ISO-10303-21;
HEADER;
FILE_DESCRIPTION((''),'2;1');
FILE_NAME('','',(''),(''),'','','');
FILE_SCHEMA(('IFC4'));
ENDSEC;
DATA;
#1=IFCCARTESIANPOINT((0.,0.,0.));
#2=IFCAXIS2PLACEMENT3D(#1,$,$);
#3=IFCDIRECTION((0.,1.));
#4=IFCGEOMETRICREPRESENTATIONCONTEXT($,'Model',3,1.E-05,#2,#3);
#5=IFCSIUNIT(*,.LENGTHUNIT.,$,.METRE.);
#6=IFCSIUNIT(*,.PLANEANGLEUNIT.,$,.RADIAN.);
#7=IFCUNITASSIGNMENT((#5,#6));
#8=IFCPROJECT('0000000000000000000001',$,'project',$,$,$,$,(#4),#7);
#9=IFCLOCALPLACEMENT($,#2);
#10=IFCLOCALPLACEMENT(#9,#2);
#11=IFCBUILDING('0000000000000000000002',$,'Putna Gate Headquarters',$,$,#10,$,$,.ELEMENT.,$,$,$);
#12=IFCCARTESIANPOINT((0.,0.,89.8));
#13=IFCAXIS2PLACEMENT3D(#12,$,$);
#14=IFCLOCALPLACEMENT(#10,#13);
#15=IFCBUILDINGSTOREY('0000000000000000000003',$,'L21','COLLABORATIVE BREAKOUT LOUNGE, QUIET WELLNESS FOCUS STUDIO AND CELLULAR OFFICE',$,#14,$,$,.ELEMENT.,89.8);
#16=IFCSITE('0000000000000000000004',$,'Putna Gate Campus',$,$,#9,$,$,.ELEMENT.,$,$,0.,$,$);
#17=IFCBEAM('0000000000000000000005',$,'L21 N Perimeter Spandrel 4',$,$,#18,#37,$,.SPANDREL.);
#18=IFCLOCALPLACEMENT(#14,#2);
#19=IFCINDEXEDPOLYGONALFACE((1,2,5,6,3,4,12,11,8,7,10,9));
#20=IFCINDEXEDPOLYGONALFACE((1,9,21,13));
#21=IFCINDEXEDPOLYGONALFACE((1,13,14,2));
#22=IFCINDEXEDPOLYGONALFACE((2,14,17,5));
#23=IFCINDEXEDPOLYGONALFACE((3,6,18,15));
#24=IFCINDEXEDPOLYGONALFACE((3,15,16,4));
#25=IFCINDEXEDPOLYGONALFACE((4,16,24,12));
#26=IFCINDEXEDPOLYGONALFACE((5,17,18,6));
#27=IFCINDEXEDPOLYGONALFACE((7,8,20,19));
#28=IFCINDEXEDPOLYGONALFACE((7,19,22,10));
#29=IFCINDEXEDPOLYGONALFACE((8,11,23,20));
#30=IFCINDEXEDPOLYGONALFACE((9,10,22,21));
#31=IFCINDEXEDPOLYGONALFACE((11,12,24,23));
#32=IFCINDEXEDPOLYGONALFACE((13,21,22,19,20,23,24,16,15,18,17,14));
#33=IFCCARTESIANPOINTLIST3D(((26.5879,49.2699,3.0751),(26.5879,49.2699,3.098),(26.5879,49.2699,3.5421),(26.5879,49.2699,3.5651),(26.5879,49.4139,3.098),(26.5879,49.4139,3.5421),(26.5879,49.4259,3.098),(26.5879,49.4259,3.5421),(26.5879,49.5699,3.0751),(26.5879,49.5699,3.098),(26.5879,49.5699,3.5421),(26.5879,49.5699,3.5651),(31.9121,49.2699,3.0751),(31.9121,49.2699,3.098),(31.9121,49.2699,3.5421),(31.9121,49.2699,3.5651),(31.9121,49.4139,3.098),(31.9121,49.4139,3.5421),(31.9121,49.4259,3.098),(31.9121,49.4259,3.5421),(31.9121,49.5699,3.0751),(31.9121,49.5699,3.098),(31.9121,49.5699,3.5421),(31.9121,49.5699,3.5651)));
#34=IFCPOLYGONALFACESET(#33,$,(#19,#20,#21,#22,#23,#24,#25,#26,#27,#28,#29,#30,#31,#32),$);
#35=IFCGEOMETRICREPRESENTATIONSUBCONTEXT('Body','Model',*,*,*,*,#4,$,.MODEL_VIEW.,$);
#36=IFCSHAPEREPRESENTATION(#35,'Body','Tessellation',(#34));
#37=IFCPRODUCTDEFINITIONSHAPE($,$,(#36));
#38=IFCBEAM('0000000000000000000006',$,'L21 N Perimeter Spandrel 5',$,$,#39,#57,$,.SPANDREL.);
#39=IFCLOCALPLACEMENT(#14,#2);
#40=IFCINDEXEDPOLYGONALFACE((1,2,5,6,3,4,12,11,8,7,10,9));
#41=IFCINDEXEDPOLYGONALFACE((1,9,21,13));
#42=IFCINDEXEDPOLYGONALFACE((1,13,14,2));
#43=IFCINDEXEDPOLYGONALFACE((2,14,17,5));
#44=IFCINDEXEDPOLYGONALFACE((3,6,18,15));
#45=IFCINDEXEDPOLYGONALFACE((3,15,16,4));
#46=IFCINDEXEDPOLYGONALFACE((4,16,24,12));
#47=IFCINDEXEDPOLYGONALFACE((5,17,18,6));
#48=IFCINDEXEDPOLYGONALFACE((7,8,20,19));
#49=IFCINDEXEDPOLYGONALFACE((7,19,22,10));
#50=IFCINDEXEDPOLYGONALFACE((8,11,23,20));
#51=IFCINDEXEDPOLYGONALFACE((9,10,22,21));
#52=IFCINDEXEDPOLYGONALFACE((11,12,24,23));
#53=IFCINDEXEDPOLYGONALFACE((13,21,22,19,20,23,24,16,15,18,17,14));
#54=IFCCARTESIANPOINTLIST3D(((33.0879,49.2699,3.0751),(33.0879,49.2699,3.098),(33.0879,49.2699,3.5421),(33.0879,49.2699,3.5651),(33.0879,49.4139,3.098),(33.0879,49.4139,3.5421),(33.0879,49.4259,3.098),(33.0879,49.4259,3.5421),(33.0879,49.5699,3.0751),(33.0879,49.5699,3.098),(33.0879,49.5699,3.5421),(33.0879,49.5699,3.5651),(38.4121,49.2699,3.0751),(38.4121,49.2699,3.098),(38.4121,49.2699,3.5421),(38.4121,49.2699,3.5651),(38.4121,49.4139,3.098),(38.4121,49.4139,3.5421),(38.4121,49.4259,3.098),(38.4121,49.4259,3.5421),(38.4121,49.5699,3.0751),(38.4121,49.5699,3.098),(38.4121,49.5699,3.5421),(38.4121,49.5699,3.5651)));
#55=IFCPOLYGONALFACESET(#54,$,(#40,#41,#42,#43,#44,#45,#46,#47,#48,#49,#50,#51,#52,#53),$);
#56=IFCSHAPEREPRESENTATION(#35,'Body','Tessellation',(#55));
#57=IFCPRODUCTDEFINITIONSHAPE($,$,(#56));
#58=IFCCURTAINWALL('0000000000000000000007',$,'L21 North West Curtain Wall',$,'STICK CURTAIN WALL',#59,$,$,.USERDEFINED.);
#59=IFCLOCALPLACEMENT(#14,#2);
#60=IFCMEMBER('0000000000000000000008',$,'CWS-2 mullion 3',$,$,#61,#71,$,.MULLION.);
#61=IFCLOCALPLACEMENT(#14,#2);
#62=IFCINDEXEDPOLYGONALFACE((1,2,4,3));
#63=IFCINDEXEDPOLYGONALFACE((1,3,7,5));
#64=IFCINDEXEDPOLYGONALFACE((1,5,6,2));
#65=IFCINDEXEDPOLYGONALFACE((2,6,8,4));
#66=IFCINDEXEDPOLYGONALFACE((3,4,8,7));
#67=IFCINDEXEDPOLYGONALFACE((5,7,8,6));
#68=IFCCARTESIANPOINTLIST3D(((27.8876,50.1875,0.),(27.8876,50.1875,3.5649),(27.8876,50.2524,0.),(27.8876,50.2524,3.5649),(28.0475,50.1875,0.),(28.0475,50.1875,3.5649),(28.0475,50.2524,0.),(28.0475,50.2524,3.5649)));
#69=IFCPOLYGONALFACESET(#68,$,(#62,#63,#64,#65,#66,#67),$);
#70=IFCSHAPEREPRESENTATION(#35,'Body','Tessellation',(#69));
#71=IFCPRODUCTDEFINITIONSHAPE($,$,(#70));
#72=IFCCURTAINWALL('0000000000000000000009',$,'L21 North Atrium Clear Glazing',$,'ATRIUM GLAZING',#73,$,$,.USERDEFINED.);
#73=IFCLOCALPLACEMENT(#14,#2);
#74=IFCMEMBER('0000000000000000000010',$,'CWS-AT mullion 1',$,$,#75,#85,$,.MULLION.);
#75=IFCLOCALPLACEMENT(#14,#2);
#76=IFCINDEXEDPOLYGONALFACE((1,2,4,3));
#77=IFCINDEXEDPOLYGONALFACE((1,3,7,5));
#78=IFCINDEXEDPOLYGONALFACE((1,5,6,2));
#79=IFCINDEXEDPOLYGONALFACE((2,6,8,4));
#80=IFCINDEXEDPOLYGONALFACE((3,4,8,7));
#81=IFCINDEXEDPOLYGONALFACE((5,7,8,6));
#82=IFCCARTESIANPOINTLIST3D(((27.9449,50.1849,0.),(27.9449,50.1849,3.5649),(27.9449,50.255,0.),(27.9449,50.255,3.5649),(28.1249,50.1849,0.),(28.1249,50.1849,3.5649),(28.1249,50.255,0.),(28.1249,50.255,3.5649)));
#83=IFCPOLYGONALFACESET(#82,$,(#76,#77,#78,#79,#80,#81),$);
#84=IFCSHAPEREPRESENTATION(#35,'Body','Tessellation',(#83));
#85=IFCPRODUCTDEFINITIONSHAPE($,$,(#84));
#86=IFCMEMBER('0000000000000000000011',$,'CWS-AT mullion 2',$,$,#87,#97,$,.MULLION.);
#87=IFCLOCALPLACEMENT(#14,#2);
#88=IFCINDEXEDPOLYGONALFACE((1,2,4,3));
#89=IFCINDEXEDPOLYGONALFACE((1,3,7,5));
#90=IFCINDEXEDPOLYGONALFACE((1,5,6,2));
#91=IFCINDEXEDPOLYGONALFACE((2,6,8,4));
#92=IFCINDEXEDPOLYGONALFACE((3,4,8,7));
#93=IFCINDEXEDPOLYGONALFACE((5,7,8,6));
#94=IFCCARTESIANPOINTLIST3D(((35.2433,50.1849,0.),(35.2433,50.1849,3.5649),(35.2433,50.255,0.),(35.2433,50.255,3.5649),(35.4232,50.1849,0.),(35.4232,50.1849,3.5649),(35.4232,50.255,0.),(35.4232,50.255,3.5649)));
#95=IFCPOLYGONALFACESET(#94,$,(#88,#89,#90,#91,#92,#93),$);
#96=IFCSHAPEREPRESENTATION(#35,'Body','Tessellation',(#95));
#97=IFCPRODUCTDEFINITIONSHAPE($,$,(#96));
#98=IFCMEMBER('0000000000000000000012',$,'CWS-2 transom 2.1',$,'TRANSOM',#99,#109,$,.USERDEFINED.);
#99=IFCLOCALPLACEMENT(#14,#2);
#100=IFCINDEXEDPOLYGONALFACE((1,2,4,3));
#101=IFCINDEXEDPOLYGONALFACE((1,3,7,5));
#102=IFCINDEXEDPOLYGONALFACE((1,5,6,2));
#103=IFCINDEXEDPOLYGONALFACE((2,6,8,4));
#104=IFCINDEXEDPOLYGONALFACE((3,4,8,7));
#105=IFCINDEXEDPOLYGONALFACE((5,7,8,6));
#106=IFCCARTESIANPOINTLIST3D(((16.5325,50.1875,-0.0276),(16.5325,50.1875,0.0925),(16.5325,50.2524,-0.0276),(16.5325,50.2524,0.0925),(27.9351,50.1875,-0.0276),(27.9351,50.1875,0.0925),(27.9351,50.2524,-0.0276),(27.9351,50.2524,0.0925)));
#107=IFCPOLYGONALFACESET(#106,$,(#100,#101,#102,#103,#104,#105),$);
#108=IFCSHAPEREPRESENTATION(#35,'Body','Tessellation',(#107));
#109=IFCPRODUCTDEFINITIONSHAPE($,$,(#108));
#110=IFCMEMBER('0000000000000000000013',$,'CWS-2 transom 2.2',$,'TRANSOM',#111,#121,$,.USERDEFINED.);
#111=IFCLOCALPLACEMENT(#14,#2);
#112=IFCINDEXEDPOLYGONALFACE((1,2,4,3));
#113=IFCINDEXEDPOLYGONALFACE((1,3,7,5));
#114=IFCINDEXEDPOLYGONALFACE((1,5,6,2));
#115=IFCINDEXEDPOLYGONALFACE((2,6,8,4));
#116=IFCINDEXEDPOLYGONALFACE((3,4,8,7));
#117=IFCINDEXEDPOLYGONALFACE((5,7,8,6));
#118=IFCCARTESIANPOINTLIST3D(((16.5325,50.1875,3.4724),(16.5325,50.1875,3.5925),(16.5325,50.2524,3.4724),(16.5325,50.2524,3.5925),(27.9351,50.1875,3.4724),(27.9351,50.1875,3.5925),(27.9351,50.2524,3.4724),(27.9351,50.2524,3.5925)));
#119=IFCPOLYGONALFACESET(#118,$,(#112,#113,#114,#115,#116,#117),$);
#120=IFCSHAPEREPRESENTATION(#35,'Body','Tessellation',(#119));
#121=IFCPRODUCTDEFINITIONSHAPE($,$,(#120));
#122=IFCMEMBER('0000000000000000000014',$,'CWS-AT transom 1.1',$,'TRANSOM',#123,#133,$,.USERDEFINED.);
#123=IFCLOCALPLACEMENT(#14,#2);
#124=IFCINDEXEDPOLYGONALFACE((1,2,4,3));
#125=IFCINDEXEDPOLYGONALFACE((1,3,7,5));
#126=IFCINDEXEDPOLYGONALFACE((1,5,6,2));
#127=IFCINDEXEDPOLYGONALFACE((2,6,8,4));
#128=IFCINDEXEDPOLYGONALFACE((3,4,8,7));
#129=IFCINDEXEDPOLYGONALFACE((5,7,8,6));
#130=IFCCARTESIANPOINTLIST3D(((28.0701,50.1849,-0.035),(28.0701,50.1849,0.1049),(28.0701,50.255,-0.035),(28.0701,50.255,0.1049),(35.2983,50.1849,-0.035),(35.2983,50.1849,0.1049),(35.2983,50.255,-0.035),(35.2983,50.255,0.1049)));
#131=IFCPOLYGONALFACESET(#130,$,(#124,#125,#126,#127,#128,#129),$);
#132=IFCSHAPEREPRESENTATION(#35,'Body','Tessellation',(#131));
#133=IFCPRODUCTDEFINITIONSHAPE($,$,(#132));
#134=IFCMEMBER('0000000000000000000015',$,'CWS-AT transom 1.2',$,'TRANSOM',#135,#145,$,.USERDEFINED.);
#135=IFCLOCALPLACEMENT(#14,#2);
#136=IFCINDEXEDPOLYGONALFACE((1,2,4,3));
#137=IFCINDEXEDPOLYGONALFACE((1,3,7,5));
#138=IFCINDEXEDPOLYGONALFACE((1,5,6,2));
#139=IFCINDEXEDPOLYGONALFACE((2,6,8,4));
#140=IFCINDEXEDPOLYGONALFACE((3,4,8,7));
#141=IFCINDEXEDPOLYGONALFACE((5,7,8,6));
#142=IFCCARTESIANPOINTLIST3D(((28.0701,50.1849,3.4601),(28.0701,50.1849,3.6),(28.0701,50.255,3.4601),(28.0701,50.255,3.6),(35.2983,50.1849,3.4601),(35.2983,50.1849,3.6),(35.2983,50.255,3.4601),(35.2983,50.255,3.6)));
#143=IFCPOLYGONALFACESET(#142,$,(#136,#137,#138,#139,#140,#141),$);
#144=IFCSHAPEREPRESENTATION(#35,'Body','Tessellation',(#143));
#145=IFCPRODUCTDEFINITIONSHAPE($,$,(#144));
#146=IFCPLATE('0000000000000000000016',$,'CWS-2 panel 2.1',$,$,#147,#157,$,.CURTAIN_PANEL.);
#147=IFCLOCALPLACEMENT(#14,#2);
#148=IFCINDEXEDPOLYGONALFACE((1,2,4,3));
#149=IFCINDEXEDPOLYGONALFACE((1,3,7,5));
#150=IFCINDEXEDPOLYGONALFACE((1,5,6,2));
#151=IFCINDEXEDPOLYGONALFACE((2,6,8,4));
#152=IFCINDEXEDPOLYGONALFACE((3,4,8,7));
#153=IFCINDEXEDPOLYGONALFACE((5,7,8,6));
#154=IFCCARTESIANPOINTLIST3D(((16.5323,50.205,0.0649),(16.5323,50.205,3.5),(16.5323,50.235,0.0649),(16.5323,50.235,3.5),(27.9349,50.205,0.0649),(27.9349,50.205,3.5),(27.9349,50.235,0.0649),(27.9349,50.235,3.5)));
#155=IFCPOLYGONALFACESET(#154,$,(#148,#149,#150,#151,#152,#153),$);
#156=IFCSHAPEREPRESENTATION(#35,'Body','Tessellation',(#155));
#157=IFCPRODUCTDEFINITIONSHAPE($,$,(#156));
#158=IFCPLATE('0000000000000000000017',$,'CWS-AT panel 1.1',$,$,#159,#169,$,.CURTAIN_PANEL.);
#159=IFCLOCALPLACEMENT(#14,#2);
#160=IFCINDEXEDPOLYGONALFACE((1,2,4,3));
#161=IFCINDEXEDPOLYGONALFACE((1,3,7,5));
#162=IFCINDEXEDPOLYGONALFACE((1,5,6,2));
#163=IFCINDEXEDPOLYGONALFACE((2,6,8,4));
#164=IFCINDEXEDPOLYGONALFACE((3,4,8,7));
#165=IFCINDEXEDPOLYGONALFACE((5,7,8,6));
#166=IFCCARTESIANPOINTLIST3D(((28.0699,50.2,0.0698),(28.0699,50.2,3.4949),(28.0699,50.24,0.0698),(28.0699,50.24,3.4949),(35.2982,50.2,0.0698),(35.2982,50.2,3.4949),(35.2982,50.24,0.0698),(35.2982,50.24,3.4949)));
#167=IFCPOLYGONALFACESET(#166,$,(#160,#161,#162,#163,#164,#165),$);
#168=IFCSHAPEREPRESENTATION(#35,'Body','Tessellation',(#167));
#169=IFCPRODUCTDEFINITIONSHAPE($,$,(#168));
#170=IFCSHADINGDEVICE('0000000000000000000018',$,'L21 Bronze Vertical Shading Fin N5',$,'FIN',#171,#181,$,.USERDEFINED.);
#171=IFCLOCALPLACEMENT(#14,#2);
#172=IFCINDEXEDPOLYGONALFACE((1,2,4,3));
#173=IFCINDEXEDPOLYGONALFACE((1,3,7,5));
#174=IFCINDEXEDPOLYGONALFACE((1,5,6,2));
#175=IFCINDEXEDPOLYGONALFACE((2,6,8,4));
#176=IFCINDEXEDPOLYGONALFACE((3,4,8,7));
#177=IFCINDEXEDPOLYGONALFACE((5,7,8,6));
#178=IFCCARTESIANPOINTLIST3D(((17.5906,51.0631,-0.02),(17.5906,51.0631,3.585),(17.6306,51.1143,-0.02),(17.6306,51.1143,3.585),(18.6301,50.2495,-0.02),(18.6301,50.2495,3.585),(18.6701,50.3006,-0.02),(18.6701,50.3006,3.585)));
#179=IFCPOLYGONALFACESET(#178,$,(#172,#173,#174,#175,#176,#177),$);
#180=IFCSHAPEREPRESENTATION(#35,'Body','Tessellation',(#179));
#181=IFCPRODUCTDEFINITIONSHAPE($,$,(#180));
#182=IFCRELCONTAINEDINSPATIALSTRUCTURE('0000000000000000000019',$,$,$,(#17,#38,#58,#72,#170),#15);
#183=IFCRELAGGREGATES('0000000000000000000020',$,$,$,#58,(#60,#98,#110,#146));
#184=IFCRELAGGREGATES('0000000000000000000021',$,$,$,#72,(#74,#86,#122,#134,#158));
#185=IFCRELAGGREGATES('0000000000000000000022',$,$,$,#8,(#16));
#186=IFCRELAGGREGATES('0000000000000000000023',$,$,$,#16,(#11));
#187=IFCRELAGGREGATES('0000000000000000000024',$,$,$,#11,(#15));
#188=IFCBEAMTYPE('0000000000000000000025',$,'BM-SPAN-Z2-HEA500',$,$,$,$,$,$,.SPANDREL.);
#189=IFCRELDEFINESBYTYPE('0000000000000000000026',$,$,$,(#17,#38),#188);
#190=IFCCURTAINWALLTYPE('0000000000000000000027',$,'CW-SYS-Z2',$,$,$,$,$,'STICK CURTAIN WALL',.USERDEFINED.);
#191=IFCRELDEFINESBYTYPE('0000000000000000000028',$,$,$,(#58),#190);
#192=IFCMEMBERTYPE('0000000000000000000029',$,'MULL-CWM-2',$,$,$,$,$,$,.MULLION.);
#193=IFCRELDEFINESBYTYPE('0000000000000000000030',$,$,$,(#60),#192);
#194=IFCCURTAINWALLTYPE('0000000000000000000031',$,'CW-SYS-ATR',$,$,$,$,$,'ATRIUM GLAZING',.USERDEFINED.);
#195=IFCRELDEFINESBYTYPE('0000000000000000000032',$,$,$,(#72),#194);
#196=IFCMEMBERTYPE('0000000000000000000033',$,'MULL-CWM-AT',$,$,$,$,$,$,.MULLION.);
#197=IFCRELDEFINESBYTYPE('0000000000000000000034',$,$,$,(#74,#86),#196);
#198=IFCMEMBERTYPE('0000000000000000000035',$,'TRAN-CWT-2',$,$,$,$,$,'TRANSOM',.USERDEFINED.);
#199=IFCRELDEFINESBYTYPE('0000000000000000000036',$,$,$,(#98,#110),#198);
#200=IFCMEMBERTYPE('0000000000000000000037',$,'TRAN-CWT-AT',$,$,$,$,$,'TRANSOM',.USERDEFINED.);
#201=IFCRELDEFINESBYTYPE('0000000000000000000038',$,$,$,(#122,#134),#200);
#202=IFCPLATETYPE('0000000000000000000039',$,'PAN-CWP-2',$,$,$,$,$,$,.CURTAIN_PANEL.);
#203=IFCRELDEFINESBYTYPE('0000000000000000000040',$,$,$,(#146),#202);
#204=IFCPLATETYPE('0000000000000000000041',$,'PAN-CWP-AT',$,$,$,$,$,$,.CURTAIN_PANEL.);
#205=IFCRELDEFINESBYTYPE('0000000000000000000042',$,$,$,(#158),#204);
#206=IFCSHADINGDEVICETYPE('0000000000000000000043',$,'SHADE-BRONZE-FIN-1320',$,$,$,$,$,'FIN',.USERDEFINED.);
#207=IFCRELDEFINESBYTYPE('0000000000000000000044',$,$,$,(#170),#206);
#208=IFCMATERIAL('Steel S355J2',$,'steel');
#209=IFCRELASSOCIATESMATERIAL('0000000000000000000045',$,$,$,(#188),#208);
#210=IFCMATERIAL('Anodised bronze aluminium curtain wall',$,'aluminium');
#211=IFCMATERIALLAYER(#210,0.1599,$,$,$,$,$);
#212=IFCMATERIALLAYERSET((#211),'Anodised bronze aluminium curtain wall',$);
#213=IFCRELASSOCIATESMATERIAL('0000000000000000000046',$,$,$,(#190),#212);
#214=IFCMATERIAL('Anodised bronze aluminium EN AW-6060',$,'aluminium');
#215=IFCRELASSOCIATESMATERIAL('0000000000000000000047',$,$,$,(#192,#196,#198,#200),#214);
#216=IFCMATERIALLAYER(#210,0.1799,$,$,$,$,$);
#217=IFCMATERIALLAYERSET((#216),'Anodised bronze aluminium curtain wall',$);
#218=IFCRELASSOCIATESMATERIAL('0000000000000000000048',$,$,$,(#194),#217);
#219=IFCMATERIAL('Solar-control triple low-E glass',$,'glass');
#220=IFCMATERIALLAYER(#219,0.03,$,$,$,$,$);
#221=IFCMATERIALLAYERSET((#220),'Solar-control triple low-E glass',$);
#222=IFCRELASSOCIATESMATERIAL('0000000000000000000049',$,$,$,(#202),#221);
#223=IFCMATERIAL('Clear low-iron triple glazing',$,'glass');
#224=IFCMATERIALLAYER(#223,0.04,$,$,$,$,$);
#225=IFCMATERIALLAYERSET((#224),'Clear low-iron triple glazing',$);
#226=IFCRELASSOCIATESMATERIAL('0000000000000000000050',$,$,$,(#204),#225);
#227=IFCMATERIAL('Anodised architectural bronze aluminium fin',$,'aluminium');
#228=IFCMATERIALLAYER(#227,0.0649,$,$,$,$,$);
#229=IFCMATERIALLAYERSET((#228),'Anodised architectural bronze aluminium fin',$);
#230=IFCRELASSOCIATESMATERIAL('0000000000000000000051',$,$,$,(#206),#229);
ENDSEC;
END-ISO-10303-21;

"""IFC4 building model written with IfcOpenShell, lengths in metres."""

from ifc_helpers import new_model, si_unit, direction, frame, origin, origin_2d, place, context, subcontext, project, spatial, rectangle, i_section, extrude, material, layer, layer_set, material_profile, profile_set, type_object, element, aggregate, save


model = new_model("IFC4")

# Units and contexts
model_context = context("Model", 3, precision=1e-05, world=origin(), true_north=direction((0.0, 1.0)))
body_context = subcontext(model_context, "Body", "Model", "MODEL_VIEW")
ifc_project = project(units=[si_unit("LENGTHUNIT", "METRE"), si_unit("PLANEANGLEUNIT", "RADIAN")], contexts=[model_context])

# Site, building, storey
site_placement = place(None, origin())
site = spatial("IfcSite", under=ifc_project, at=site_placement, Name="Putna Gate Campus", CompositionType="ELEMENT", RefElevation=0.0)
building_placement = place(site_placement, origin())
building = spatial("IfcBuilding", under=site, at=building_placement, Name="Putna Gate Headquarters", CompositionType="ELEMENT")
storey_placement = place(building_placement, frame((0.0, 0.0, 89.8)))
storey = spatial("IfcBuildingStorey", under=building, at=storey_placement, Name="L21", Description="COLLABORATIVE BREAKOUT LOUNGE, QUIET WELLNESS FOCUS STUDIO AND CELLULAR OFFICE", CompositionType="ELEMENT", Elevation=89.8)

# Beams
ifc_material_1 = material(Name="Steel S355J2", Category="steel")
ifc_material_profile_1 = material_profile(ifc_material_1, i_section(OverallWidth=0.3, OverallDepth=0.49, WebThickness=0.012, FlangeThickness=0.0229, at=origin_2d()), Name="Steel S355J2")
ifc_profile_set_1 = profile_set([ifc_material_profile_1], Name="Steel S355J2")
beam_type_1 = type_object("IfcBeamType", Name="BM-SPAN-Z2-HEA500", PredefinedType="SPANDREL", material=ifc_profile_set_1)
for number, where, z_axis, x_axis, name in (
    (1, (26.5879, 49.4199, 3.3201), (1.0, 0.0, 0.0), (0.0, 1.0, 0.0), "L21 N Perimeter Spandrel 4"),
    (2, (33.0879, 49.4199, 3.3201), (1.0, 0.0, 0.0), (0.0, 1.0, 0.0), "L21 N Perimeter Spandrel 5"),
):
    element("IfcBeam", number, at=place(storey_placement, frame(where, z_axis=z_axis, x_axis=x_axis)), inside=storey, type_object=beam_type_1, Name=name, PredefinedType="SPANDREL", context=body_context, shape_type="SweptSolid", body=[
        extrude(i_section(OverallWidth=0.3, OverallDepth=0.49, WebThickness=0.012, FlangeThickness=0.0229, at=origin_2d()), origin(), (0.0, 0.0, 1.0), 5.3242),
    ])

# Curtain wall, member
ifc_material_2 = material(Name="Anodised bronze aluminium curtain wall", Category="aluminium")
ifc_layer_1 = layer(ifc_material_2, 0.1599)
ifc_layer_set_1 = layer_set([ifc_layer_1], Name="Anodised bronze aluminium curtain wall")
curtain_wall_type_1 = type_object("IfcCurtainWallType", Name="CW-SYS-Z2", ElementType="STICK CURTAIN WALL", PredefinedType="USERDEFINED", material=ifc_layer_set_1)
curtain_wall_1_placement = place(storey_placement, origin())
curtain_wall_1 = element("IfcCurtainWall", 3, at=curtain_wall_1_placement, inside=storey, type_object=curtain_wall_type_1, Name="L21 North West Curtain Wall", ObjectType="STICK CURTAIN WALL", PredefinedType="USERDEFINED")
ifc_material_3 = material(Name="Anodised bronze aluminium EN AW-6060", Category="aluminium")
ifc_material_profile_2 = material_profile(ifc_material_3, rectangle(XDim=0.0649, YDim=0.1599, at=origin_2d()), Name="Anodised bronze aluminium EN AW-6060")
ifc_profile_set_2 = profile_set([ifc_material_profile_2], Name="Anodised bronze aluminium EN AW-6060")
member_type_1 = type_object("IfcMemberType", Name="MULL-CWM-2", PredefinedType="MULLION", material=ifc_profile_set_2)
member_1_placement = place(storey_placement, frame((27.9675, 50.22, 0.0), z_axis=(0.0, 0.0, 1.0), x_axis=(0.0, 1.0, 0.0)))
member_1 = element("IfcMember", 4, at=member_1_placement, type_object=member_type_1, Name="CWS-2 mullion 3", PredefinedType="MULLION", context=body_context, shape_type="SweptSolid", body=[
    extrude(rectangle(XDim=0.0649, YDim=0.1599, at=origin_2d()), origin(), (0.0, 0.0, 1.0), 3.5649),
])

# Curtain wall, members
ifc_layer_2 = layer(ifc_material_2, 0.1799)
ifc_layer_set_2 = layer_set([ifc_layer_2], Name="Anodised bronze aluminium curtain wall")
curtain_wall_type_2 = type_object("IfcCurtainWallType", Name="CW-SYS-ATR", ElementType="ATRIUM GLAZING", PredefinedType="USERDEFINED", material=ifc_layer_set_2)
curtain_wall_2_placement = place(storey_placement, origin())
curtain_wall_2 = element("IfcCurtainWall", 5, at=curtain_wall_2_placement, inside=storey, type_object=curtain_wall_type_2, Name="L21 North Atrium Clear Glazing", ObjectType="ATRIUM GLAZING", PredefinedType="USERDEFINED")
ifc_material_profile_3 = material_profile(ifc_material_3, rectangle(XDim=0.0701, YDim=0.1799, at=origin_2d()), Name="Anodised bronze aluminium EN AW-6060")
ifc_profile_set_3 = profile_set([ifc_material_profile_3], Name="Anodised bronze aluminium EN AW-6060")
member_type_2 = type_object("IfcMemberType", Name="MULL-CWM-AT", PredefinedType="MULLION", material=ifc_profile_set_3)
member_2_placement = place(storey_placement, frame((28.0349, 50.22, 0.0), z_axis=(0.0, 0.0, 1.0), x_axis=(0.0, 1.0, 0.0)))
member_2 = element("IfcMember", 6, at=member_2_placement, type_object=member_type_2, Name="CWS-AT mullion 1", PredefinedType="MULLION", context=body_context, shape_type="SweptSolid", body=[
    extrude(rectangle(XDim=0.0701, YDim=0.1799, at=origin_2d()), origin(), (0.0, 0.0, 1.0), 3.5649),
])
member_3_placement = place(storey_placement, frame((35.3333, 50.22, 0.0), z_axis=(0.0, 0.0, 1.0), x_axis=(0.0, 1.0, 0.0)))
member_3 = element("IfcMember", 7, at=member_3_placement, type_object=member_type_2, Name="CWS-AT mullion 2", PredefinedType="MULLION", context=body_context, shape_type="SweptSolid", body=[
    extrude(rectangle(XDim=0.0701, YDim=0.1799, at=origin_2d()), origin(), (0.0, 0.0, 1.0), 3.5649),
])

# Members
ifc_material_profile_4 = material_profile(ifc_material_3, rectangle(XDim=0.0649, YDim=0.1201, at=origin_2d()), Name="Anodised bronze aluminium EN AW-6060")
ifc_profile_set_4 = profile_set([ifc_material_profile_4], Name="Anodised bronze aluminium EN AW-6060")
member_type_3 = type_object("IfcMemberType", Name="TRAN-CWT-2", ElementType="TRANSOM", PredefinedType="USERDEFINED", material=ifc_profile_set_4)
member_4_placement = place(storey_placement, frame((16.5325, 50.22, 0.0325), z_axis=(1.0, 0.0, 0.0), x_axis=(0.0, 1.0, 0.0)))
member_4 = element("IfcMember", 8, at=member_4_placement, type_object=member_type_3, Name="CWS-2 transom 2.1", ObjectType="TRANSOM", PredefinedType="USERDEFINED", context=body_context, shape_type="SweptSolid", body=[
    extrude(rectangle(XDim=0.0649, YDim=0.1201, at=origin_2d()), origin(), (0.0, 0.0, 1.0), 11.4026),
])
member_5_placement = place(storey_placement, frame((16.5325, 50.22, 3.5325), z_axis=(1.0, 0.0, 0.0), x_axis=(0.0, 1.0, 0.0)))
member_5 = element("IfcMember", 9, at=member_5_placement, type_object=member_type_3, Name="CWS-2 transom 2.2", ObjectType="TRANSOM", PredefinedType="USERDEFINED", context=body_context, shape_type="SweptSolid", body=[
    extrude(rectangle(XDim=0.0649, YDim=0.1201, at=origin_2d()), origin(), (0.0, 0.0, 1.0), 11.4026),
])
ifc_material_profile_5 = material_profile(ifc_material_3, rectangle(XDim=0.0701, YDim=0.1399, at=origin_2d()), Name="Anodised bronze aluminium EN AW-6060")
ifc_profile_set_5 = profile_set([ifc_material_profile_5], Name="Anodised bronze aluminium EN AW-6060")
member_type_4 = type_object("IfcMemberType", Name="TRAN-CWT-AT", ElementType="TRANSOM", PredefinedType="USERDEFINED", material=ifc_profile_set_5)
member_6_placement = place(storey_placement, frame((28.0701, 50.22, 0.0349), z_axis=(1.0, 0.0, 0.0), x_axis=(0.0, 1.0, 0.0)))
member_6 = element("IfcMember", 10, at=member_6_placement, type_object=member_type_4, Name="CWS-AT transom 1.1", ObjectType="TRANSOM", PredefinedType="USERDEFINED", context=body_context, shape_type="SweptSolid", body=[
    extrude(rectangle(XDim=0.0701, YDim=0.1399, at=origin_2d()), origin(), (0.0, 0.0, 1.0), 7.2283),
])
member_7_placement = place(storey_placement, frame((28.0701, 50.22, 3.53), z_axis=(1.0, 0.0, 0.0), x_axis=(0.0, 1.0, 0.0)))
member_7 = element("IfcMember", 11, at=member_7_placement, type_object=member_type_4, Name="CWS-AT transom 1.2", ObjectType="TRANSOM", PredefinedType="USERDEFINED", context=body_context, shape_type="SweptSolid", body=[
    extrude(rectangle(XDim=0.0701, YDim=0.1399, at=origin_2d()), origin(), (0.0, 0.0, 1.0), 7.2283),
])

# Plates
ifc_material_4 = material(Name="Solar-control triple low-E glass", Category="glass")
ifc_layer_3 = layer(ifc_material_4, 0.03)
ifc_layer_set_3 = layer_set([ifc_layer_3], Name="Solar-control triple low-E glass")
plate_type_1 = type_object("IfcPlateType", Name="PAN-CWP-2", PredefinedType="CURTAIN_PANEL", material=ifc_layer_set_3)
plate_1_placement = place(storey_placement, frame((22.2336, 50.22, 0.0649), z_axis=(0.0, 0.0, 1.0), x_axis=(1.0, 0.0, 0.0)))
plate_1 = element("IfcPlate", 12, at=plate_1_placement, type_object=plate_type_1, Name="CWS-2 panel 2.1", PredefinedType="CURTAIN_PANEL", context=body_context, shape_type="SweptSolid", body=[
    extrude(rectangle(XDim=11.4026, YDim=0.03, at=origin_2d()), origin(), (0.0, 0.0, 1.0), 3.4351),
])
aggregate(curtain_wall_1, [member_1, member_4, member_5, plate_1])
ifc_material_5 = material(Name="Clear low-iron triple glazing", Category="glass")
ifc_layer_4 = layer(ifc_material_5, 0.04)
ifc_layer_set_4 = layer_set([ifc_layer_4], Name="Clear low-iron triple glazing")
plate_type_2 = type_object("IfcPlateType", Name="PAN-CWP-AT", PredefinedType="CURTAIN_PANEL", material=ifc_layer_set_4)
plate_2_placement = place(storey_placement, frame((31.6841, 50.22, 0.0698), z_axis=(0.0, 0.0, 1.0), x_axis=(1.0, 0.0, 0.0)))
plate_2 = element("IfcPlate", 13, at=plate_2_placement, type_object=plate_type_2, Name="CWS-AT panel 1.1", PredefinedType="CURTAIN_PANEL", context=body_context, shape_type="SweptSolid", body=[
    extrude(rectangle(XDim=7.2283, YDim=0.04, at=origin_2d()), origin(), (0.0, 0.0, 1.0), 3.425),
])
aggregate(curtain_wall_2, [member_2, member_3, member_6, member_7, plate_2])

# Shading device
ifc_material_6 = material(Name="Anodised architectural bronze aluminium fin", Category="aluminium")
ifc_layer_5 = layer(ifc_material_6, 0.0649)
ifc_layer_set_5 = layer_set([ifc_layer_5], Name="Anodised architectural bronze aluminium fin")
shading_device_type = type_object("IfcShadingDeviceType", Name="SHADE-BRONZE-FIN-1320", ElementType="FIN", PredefinedType="USERDEFINED", material=ifc_layer_set_5)
for number, where, z_axis, x_axis, name in (
    (14, (18.1304, 50.6819, -0.02), (0.0, 0.0, 1.0), (-0.787473, 0.616349, 0.0), "L21 Bronze Vertical Shading Fin N5"),
):
    element("IfcShadingDevice", number, at=place(storey_placement, frame(where, z_axis=z_axis, x_axis=x_axis)), inside=storey, type_object=shading_device_type, Name=name, ObjectType="FIN", PredefinedType="USERDEFINED", context=body_context, shape_type="SweptSolid", body=[
        extrude(rectangle(XDim=1.3201, YDim=0.0649, at=origin_2d()), origin(), (0.0, 0.0, 1.0), 3.605),
    ])

save(model, "model.ifc")
